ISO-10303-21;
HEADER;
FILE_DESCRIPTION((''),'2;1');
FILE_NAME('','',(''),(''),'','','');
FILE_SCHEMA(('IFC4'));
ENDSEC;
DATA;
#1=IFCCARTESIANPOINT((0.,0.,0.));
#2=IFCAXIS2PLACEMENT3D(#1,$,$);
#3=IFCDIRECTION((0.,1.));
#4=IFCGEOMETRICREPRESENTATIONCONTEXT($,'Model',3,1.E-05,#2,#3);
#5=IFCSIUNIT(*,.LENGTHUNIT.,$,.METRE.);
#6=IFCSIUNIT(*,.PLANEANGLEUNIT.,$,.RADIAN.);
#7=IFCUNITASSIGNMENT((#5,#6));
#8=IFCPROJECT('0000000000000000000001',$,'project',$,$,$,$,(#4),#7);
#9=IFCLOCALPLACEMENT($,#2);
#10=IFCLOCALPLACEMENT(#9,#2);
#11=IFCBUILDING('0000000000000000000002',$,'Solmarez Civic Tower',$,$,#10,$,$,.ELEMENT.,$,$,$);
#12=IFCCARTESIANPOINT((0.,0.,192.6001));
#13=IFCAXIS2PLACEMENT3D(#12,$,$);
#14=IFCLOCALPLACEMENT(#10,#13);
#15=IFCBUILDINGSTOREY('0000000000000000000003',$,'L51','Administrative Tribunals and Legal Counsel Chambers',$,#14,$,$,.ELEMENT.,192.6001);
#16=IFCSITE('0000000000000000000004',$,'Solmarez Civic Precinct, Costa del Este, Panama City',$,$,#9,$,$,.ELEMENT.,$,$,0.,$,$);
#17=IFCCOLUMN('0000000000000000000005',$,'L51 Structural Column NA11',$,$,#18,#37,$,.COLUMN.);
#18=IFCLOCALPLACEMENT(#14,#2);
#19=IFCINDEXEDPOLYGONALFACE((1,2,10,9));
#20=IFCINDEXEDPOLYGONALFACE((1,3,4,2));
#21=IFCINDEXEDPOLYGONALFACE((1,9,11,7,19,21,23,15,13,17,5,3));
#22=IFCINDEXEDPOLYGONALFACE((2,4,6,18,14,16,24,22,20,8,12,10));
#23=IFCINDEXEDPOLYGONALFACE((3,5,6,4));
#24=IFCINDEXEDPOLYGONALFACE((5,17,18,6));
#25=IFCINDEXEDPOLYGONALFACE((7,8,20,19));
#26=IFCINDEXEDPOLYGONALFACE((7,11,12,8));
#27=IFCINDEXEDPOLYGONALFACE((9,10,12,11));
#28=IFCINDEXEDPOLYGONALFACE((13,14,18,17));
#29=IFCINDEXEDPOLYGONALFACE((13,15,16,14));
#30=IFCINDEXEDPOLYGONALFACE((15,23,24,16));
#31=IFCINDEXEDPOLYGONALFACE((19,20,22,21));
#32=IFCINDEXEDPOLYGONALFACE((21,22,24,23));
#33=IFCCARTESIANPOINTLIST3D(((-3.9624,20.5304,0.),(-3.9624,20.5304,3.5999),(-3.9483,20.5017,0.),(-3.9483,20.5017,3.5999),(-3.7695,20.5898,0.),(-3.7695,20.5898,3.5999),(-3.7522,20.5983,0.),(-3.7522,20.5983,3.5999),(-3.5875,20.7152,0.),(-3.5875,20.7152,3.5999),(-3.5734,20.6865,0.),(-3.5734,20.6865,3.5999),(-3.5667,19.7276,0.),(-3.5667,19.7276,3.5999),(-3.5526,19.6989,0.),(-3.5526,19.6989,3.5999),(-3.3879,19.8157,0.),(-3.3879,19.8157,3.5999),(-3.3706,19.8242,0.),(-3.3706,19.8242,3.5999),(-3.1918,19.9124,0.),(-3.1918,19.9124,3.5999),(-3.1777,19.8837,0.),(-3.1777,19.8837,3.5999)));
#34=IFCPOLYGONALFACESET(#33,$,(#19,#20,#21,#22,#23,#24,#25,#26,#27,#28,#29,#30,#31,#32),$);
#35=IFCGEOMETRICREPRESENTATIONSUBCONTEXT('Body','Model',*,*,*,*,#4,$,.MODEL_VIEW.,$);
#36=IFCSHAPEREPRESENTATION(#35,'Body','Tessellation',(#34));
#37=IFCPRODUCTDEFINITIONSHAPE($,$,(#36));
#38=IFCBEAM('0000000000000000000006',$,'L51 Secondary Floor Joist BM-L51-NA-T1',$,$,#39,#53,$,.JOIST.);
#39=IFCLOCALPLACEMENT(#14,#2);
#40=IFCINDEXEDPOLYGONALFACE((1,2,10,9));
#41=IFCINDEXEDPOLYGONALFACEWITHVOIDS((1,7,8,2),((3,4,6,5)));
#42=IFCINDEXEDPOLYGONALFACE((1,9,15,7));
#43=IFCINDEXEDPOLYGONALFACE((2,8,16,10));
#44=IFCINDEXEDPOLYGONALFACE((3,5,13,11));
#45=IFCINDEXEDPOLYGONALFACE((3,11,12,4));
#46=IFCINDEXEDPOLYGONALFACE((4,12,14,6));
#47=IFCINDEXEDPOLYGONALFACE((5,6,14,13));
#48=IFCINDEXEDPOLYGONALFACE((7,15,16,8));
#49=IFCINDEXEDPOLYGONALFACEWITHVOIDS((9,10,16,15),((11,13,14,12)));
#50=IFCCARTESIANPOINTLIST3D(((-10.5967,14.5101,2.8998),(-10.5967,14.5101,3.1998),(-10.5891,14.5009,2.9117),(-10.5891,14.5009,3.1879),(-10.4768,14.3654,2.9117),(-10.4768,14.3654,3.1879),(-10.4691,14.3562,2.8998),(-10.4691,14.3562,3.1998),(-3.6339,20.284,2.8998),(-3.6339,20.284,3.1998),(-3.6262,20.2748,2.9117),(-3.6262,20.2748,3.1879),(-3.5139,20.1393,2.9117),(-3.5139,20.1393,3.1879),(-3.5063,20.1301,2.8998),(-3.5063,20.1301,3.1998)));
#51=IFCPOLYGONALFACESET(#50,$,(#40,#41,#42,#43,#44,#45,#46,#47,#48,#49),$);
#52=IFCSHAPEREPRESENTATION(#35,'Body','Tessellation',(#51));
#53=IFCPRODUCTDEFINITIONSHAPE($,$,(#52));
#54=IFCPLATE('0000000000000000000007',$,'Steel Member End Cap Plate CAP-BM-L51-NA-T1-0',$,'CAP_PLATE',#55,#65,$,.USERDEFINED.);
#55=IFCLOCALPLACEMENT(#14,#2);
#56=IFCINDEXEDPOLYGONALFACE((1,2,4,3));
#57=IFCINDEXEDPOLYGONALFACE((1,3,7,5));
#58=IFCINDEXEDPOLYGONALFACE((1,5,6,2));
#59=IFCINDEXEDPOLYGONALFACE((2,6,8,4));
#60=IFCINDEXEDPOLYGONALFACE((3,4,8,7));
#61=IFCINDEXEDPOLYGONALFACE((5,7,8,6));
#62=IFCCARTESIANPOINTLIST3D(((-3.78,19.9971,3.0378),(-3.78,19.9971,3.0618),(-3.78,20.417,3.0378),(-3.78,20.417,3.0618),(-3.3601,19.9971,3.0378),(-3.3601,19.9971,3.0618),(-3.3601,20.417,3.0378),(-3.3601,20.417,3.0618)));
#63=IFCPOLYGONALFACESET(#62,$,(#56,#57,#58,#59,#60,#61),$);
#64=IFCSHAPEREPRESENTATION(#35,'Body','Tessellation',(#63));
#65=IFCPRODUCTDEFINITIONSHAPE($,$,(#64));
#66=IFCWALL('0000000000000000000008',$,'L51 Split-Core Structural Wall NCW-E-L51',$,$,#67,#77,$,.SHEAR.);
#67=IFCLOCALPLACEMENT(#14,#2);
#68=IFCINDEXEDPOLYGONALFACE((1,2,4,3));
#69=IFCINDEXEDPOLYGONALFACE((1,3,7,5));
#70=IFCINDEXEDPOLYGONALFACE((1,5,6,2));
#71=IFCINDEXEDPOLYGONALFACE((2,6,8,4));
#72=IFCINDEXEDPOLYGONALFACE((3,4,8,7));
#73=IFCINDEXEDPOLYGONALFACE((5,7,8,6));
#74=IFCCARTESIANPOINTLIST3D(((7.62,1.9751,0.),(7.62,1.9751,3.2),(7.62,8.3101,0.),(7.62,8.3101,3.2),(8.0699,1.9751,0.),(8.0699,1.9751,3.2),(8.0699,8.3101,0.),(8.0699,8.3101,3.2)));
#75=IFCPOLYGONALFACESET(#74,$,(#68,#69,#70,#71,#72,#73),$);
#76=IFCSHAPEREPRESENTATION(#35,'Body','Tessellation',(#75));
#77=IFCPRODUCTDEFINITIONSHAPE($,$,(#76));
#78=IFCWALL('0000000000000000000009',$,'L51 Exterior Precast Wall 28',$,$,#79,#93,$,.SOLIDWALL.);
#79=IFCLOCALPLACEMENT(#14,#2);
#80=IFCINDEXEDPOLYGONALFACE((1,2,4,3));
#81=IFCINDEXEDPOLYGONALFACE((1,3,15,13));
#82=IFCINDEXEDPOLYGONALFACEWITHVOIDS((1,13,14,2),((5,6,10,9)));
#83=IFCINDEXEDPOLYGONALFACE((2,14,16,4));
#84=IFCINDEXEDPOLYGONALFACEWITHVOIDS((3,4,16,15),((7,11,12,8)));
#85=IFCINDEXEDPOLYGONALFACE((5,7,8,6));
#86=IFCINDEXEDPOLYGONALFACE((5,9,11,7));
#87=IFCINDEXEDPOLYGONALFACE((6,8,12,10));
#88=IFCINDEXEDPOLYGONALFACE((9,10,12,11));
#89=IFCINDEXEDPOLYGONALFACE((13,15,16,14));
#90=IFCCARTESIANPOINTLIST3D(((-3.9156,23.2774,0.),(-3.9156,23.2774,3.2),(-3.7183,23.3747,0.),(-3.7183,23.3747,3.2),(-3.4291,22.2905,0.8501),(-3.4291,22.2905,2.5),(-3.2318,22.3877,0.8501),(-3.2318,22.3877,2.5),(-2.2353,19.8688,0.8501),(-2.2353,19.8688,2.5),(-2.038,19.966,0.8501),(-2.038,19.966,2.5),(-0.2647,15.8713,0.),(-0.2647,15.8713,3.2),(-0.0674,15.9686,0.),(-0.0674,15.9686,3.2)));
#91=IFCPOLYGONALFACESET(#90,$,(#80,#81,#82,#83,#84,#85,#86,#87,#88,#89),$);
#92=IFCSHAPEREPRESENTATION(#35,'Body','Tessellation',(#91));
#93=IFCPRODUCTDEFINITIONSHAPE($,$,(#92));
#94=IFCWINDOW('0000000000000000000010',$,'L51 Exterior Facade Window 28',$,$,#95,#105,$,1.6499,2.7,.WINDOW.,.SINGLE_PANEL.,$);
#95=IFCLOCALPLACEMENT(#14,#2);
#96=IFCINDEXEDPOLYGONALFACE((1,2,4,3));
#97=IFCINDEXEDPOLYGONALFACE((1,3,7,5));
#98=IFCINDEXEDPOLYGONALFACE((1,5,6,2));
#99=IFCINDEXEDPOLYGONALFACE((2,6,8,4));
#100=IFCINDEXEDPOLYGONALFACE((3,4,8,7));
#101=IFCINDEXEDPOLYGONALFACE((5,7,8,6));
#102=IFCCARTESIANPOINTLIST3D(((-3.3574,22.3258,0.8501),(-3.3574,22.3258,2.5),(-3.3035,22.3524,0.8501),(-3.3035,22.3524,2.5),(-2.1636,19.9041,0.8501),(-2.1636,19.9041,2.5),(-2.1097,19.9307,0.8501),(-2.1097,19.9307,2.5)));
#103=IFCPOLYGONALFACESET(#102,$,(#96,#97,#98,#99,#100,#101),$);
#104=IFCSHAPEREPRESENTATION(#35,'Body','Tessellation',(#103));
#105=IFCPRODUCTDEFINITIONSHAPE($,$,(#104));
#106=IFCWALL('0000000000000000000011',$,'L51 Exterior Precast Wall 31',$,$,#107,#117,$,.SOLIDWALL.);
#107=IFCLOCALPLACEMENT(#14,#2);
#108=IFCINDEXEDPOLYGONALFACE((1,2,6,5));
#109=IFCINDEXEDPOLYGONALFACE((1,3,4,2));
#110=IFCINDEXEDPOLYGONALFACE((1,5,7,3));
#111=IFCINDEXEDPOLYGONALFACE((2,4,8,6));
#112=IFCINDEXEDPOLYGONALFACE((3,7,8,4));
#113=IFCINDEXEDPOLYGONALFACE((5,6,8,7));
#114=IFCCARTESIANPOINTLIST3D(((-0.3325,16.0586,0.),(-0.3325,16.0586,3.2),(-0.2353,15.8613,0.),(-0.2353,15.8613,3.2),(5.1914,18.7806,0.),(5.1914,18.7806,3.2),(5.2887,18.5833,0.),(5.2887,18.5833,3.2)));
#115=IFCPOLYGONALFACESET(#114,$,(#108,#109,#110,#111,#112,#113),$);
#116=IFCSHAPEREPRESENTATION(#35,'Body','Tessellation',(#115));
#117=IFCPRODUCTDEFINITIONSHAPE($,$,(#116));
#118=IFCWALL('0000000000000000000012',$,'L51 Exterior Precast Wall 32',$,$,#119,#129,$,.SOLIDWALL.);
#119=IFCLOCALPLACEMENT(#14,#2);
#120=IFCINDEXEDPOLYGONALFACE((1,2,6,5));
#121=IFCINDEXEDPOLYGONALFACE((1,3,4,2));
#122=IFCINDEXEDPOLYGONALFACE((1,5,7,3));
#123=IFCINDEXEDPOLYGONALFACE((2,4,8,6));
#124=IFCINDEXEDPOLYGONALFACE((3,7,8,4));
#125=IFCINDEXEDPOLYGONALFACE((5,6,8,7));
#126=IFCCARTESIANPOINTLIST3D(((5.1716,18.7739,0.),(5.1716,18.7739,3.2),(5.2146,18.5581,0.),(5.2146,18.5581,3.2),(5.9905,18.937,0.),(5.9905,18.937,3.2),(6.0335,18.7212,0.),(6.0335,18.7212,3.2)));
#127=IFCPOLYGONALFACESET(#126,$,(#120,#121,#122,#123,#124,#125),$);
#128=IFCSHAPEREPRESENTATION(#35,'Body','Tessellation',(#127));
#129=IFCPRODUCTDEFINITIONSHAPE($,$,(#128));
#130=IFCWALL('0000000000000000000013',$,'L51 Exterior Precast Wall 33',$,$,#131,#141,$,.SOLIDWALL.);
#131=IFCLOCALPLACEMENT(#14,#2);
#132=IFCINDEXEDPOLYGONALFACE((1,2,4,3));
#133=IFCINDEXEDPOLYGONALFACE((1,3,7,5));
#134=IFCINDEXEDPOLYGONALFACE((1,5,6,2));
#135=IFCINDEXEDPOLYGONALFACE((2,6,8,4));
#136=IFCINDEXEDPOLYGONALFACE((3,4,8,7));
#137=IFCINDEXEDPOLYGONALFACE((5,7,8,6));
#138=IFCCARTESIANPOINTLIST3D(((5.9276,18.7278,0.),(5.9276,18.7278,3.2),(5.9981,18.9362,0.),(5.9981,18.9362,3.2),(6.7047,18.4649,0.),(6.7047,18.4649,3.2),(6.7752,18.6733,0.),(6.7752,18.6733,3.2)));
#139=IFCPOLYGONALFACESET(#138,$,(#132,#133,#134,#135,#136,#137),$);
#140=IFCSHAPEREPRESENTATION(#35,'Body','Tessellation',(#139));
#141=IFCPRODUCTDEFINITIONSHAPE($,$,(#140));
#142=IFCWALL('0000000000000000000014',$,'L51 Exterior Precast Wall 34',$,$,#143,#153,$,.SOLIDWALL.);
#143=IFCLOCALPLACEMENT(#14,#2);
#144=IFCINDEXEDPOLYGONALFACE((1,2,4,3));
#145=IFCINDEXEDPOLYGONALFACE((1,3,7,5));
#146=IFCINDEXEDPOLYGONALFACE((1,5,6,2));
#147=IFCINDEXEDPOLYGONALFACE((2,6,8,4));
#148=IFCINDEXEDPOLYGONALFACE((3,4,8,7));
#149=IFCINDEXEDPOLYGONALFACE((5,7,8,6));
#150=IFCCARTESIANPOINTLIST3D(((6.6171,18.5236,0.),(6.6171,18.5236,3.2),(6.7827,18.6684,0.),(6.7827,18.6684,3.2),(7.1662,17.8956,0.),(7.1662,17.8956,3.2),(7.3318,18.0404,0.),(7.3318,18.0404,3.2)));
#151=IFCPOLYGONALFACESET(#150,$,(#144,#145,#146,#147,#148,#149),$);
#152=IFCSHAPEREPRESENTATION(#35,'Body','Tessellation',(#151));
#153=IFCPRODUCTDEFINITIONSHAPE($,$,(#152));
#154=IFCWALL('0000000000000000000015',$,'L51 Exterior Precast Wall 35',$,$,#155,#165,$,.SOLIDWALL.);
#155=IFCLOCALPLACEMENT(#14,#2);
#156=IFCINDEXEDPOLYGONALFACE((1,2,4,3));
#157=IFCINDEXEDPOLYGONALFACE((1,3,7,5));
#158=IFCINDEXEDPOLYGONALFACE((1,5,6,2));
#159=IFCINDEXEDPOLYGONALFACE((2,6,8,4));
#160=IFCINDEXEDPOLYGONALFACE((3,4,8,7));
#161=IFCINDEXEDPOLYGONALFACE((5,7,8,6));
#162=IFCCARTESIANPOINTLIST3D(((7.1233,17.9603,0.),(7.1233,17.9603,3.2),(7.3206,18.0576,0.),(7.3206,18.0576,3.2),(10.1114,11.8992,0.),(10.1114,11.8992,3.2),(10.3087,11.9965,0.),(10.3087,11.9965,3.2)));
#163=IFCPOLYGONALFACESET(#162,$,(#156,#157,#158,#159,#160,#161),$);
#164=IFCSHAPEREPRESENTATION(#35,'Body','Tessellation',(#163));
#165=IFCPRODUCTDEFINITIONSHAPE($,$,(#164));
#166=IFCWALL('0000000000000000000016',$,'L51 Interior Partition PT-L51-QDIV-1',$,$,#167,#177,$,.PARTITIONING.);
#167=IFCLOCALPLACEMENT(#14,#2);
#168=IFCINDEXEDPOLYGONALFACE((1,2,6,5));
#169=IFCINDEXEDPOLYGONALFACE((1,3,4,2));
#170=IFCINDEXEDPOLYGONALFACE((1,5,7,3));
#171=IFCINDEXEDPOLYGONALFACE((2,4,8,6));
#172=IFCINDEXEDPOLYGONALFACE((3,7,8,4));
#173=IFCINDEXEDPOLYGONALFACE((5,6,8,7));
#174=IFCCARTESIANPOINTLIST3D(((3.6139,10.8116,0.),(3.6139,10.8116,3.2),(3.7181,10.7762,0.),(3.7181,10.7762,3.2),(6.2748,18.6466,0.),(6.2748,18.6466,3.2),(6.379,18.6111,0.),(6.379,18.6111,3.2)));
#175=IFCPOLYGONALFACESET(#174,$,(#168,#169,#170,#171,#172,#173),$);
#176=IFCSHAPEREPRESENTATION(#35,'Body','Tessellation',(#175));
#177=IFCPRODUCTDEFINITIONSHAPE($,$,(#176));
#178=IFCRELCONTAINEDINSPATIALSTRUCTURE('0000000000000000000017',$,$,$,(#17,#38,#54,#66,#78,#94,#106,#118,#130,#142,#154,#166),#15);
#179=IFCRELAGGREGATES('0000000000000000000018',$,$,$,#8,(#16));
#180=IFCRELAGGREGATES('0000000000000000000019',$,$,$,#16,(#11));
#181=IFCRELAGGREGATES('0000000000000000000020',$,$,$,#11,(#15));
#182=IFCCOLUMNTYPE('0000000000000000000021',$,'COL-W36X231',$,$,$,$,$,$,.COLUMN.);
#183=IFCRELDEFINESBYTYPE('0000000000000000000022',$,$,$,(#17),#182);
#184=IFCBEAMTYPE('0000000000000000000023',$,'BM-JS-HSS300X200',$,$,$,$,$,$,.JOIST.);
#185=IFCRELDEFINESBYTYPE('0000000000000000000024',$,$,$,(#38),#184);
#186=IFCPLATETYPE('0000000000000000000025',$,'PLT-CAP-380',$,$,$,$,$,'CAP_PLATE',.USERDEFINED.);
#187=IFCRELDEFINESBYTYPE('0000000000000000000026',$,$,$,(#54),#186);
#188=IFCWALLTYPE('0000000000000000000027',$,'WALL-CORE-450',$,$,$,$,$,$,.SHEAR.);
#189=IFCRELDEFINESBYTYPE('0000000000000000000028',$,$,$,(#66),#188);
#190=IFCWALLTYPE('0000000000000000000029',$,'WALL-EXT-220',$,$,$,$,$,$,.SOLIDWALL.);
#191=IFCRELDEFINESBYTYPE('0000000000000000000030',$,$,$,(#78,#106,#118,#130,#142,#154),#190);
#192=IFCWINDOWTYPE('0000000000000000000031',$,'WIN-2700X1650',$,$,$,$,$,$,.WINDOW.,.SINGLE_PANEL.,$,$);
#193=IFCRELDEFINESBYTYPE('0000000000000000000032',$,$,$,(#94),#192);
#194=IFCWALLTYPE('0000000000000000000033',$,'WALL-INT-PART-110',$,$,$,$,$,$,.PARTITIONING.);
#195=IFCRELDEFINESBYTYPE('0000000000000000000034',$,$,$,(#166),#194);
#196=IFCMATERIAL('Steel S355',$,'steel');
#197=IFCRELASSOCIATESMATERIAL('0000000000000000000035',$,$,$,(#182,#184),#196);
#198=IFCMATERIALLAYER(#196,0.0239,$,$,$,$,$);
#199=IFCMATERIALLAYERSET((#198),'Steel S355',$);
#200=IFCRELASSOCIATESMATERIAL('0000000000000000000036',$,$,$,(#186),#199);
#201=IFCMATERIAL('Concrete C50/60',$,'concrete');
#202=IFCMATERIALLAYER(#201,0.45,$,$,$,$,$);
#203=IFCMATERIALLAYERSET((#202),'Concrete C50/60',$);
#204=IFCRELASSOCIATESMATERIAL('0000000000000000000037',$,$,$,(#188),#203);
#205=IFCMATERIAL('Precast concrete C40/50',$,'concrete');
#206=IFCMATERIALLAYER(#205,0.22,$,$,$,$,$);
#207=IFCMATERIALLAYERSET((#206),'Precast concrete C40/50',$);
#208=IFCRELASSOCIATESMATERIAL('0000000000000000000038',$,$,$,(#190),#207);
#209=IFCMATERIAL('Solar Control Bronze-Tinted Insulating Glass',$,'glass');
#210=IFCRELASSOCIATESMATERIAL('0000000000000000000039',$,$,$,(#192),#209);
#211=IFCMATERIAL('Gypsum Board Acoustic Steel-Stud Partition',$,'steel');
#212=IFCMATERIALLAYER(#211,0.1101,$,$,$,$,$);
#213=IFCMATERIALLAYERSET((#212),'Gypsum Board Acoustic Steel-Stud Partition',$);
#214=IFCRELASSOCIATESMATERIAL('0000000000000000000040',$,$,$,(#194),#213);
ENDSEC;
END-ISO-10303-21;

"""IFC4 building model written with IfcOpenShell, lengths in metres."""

from ifc_helpers import new_model, si_unit, direction, frame, frame_2d, origin, origin_2d, place, context, subcontext, project, spatial, rectangle, hollow_rectangle, i_section, extrude, material, layer, layer_set, material_profile, profile_set, type_object, element, fill, save


model = new_model("IFC4")

# Units and contexts
model_context = context("Model", 3, precision=1e-05, world=origin(), true_north=direction((0.0, 1.0)))
body_context = subcontext(model_context, "Body", "Model", "MODEL_VIEW")
ifc_project = project(units=[si_unit("LENGTHUNIT", "METRE"), si_unit("PLANEANGLEUNIT", "RADIAN")], contexts=[model_context])

# Site, building, storey
site_placement = place(None, origin())
site = spatial("IfcSite", under=ifc_project, at=site_placement, Name="Solmarez Civic Precinct, Costa del Este, Panama City", CompositionType="ELEMENT", RefElevation=0.0)
building_placement = place(site_placement, origin())
building = spatial("IfcBuilding", under=site, at=building_placement, Name="Solmarez Civic Tower", CompositionType="ELEMENT")
storey_placement = place(building_placement, frame((0.0, 0.0, 192.6001)))
storey = spatial("IfcBuildingStorey", under=building, at=storey_placement, Name="L51", Description="Administrative Tribunals and Legal Counsel Chambers", CompositionType="ELEMENT", Elevation=192.6001)

# Column
ifc_material_1 = material(Name="Steel S355", Category="steel")
ifc_material_profile_1 = material_profile(ifc_material_1, i_section(OverallWidth=0.418, OverallDepth=0.927, WebThickness=0.0193, FlangeThickness=0.032, at=origin_2d()), Name="W36X231")
ifc_profile_set_1 = profile_set([ifc_material_profile_1], Name="Steel S355")
column_type = type_object("IfcColumnType", Name="COL-W36X231", PredefinedType="COLUMN", material=ifc_profile_set_1)
column_placement = place(storey_placement, frame((-3.5701, 20.207, 0.0), z_axis=(0.0, 0.0, 1.0), x_axis=(0.89695, 0.442132, 0.0)))
element("IfcColumn", 1, at=column_placement, inside=storey, type_object=column_type, Name="L51 Structural Column NA11", PredefinedType="COLUMN", context=body_context, shape_type="SweptSolid", body=[
    extrude(i_section(OverallWidth=0.418, OverallDepth=0.927, WebThickness=0.0193, FlangeThickness=0.032, at=origin_2d()), origin(), (0.0, 0.0, 1.0), 3.5999),
])

# Beam
ifc_material_profile_2 = material_profile(ifc_material_1, hollow_rectangle(XDim=0.2, YDim=0.3, WallThickness=0.012, at=origin_2d()), Name="HSS300X200X12")
ifc_profile_set_2 = profile_set([ifc_material_profile_2], Name="Steel S355")
beam_type = type_object("IfcBeamType", Name="BM-JS-HSS300X200", PredefinedType="JOIST", material=ifc_profile_set_2)
beam_placement = place(storey_placement, frame((-3.5701, 20.207, 3.0498), z_axis=(-0.769768, -0.638324, 0.0), x_axis=(0.638324, -0.769768, 0.0)))
element("IfcBeam", 2, at=beam_placement, inside=storey, type_object=beam_type, Name="L51 Secondary Floor Joist BM-L51-NA-T1", PredefinedType="JOIST", context=body_context, shape_type="SweptSolid", body=[
    extrude(hollow_rectangle(XDim=0.2, YDim=0.3, WallThickness=0.012, at=origin_2d()), origin(), (0.0, 0.0, 1.0), 9.0454),
])

# Plate
ifc_layer_1 = layer(ifc_material_1, 0.0239)
ifc_layer_set_1 = layer_set([ifc_layer_1], Name="Steel S355")
plate_type = type_object("IfcPlateType", Name="PLT-CAP-380", ElementType="CAP_PLATE", PredefinedType="USERDEFINED", material=ifc_layer_set_1)
plate_placement = place(storey_placement, frame((-3.5701, 20.207, 3.0378), z_axis=(0.0, 0.0, 1.0), x_axis=(1.0, 0.0, 0.0)))
element("IfcPlate", 3, at=plate_placement, inside=storey, type_object=plate_type, Name="Steel Member End Cap Plate CAP-BM-L51-NA-T1-0", ObjectType="CAP_PLATE", PredefinedType="USERDEFINED", context=body_context, shape_type="SweptSolid", body=[
    extrude(rectangle(XDim=0.4199, YDim=0.4199, at=origin_2d()), origin(), (0.0, 0.0, 1.0), 0.0239),
])

# Wall
ifc_material_2 = material(Name="Concrete C50/60", Category="concrete")
ifc_layer_2 = layer(ifc_material_2, 0.45)
ifc_layer_set_2 = layer_set([ifc_layer_2], Name="Concrete C50/60")
wall_type_1 = type_object("IfcWallType", Name="WALL-CORE-450", PredefinedType="SHEAR", material=ifc_layer_set_2)
wall_1_placement = place(storey_placement, frame((7.845, 8.3101, 0.0), z_axis=(0.0, 0.0, 1.0), x_axis=(0.0, -1.0, 0.0)))
element("IfcWall", 4, at=wall_1_placement, inside=storey, type_object=wall_type_1, Name="L51 Split-Core Structural Wall NCW-E-L51", PredefinedType="SHEAR", context=body_context, shape_type="SweptSolid", body=[
    extrude(rectangle(XDim=6.335, YDim=0.45, at=frame_2d((3.1675, 0.0))), origin(), (0.0, 0.0, 1.0), 3.2),
])

# Wall, opening, window
ifc_material_3 = material(Name="Precast concrete C40/50", Category="concrete")
ifc_layer_3 = layer(ifc_material_3, 0.22)
ifc_layer_set_3 = layer_set([ifc_layer_3], Name="Precast concrete C40/50")
wall_type_2 = type_object("IfcWallType", Name="WALL-EXT-220", PredefinedType="SOLIDWALL", material=ifc_layer_set_3)
wall_2_placement = place(storey_placement, frame((-3.8169, 23.3259, 0.0), z_axis=(0.0, 0.0, 1.0), x_axis=(0.442156, -0.896938, 0.0)))
wall_2 = element("IfcWall", 5, at=wall_2_placement, inside=storey, type_object=wall_type_2, Name="L51 Exterior Precast Wall 28", PredefinedType="SOLIDWALL", context=body_context, shape_type="SweptSolid", body=[
    extrude(rectangle(XDim=8.2571, YDim=0.22, at=frame_2d((4.1284, 0.0))), origin(), (0.0, 0.0, 1.0), 3.2),
])
opening_1_placement = place(wall_2_placement, frame((1.1001, 0.0, 0.8501)))
opening_1 = element("IfcOpeningElement", 6, at=opening_1_placement, cuts=wall_2, PredefinedType="OPENING", context=body_context, shape_type="SweptSolid", body=[
    extrude(rectangle(XDim=2.7, YDim=1.6499, at=frame_2d((1.3501, 0.825))), frame((0.0, 0.1199, 0.0), z_axis=(0.0, -1.0, 0.0), x_axis=(1.0, 0.0, 0.0)), (0.0, 0.0, 1.0), 0.24),
])
ifc_material_4 = material(Name="Solar Control Bronze-Tinted Insulating Glass", Category="glass")
window_type = type_object("IfcWindowType", Name="WIN-2700X1650", PartitioningType="SINGLE_PANEL", PredefinedType="WINDOW", material=ifc_material_4)
window_placement = place(opening_1_placement, origin())
window = element("IfcWindow", 7, at=window_placement, inside=storey, type_object=window_type, Name="L51 Exterior Facade Window 28", OverallHeight=1.6499, OverallWidth=2.7, PartitioningType="SINGLE_PANEL", PredefinedType="WINDOW", context=body_context, shape_type="SweptSolid", body=[
    extrude(rectangle(XDim=2.7, YDim=1.6499, at=frame_2d((1.3501, 0.825))), frame((0.0, 0.03, 0.0), z_axis=(0.0, -1.0, 0.0), x_axis=(1.0, 0.0, 0.0)), (0.0, 0.0, 1.0), 0.0601),
])
fill(opening_1, window)

# Walls
wall_3_placement = place(storey_placement, frame((-0.2839, 15.96, 0.0), z_axis=(0.0, 0.0, 1.0), x_axis=(0.897013, 0.442005, 0.0)))
element("IfcWall", 8, at=wall_3_placement, inside=storey, type_object=wall_type_2, Name="L51 Exterior Precast Wall 31", PredefinedType="SOLIDWALL", context=body_context, shape_type="SweptSolid", body=[
    extrude(rectangle(XDim=6.1582, YDim=0.22, at=frame_2d((3.0791, 0.0))), origin(), (0.0, 0.0, 1.0), 3.2),
])
wall_4_placement = place(storey_placement, frame((5.1931, 18.666, 0.0), z_axis=(0.0, 0.0, 1.0), x_axis=(0.980738, 0.195329, 0.0)))
element("IfcWall", 9, at=wall_4_placement, inside=storey, type_object=wall_type_2, Name="L51 Exterior Precast Wall 32", PredefinedType="SOLIDWALL", context=body_context, shape_type="SweptSolid", body=[
    extrude(rectangle(XDim=0.835, YDim=0.22, at=frame_2d((0.4175, 0.0))), origin(), (0.0, 0.0, 1.0), 3.2),
])
wall_5_placement = place(storey_placement, frame((5.9629, 18.832, 0.0), z_axis=(0.0, 0.0, 1.0), x_axis=(0.947245, -0.32051, 0.0)))
element("IfcWall", 10, at=wall_5_placement, inside=storey, type_object=wall_type_2, Name="L51 Exterior Precast Wall 33", PredefinedType="SOLIDWALL", context=body_context, shape_type="SweptSolid", body=[
    extrude(rectangle(XDim=0.8203, YDim=0.22, at=frame_2d((0.4102, 0.0))), origin(), (0.0, 0.0, 1.0), 3.2),
])
wall_6_placement = place(storey_placement, frame((6.7, 18.5959, 0.0), z_axis=(0.0, 0.0, 1.0), x_axis=(0.658256, -0.752794, 0.0)))
element("IfcWall", 11, at=wall_6_placement, inside=storey, type_object=wall_type_2, Name="L51 Exterior Precast Wall 34", PredefinedType="SOLIDWALL", context=body_context, shape_type="SweptSolid", body=[
    extrude(rectangle(XDim=0.8342, YDim=0.22, at=frame_2d((0.417, 0.0))), origin(), (0.0, 0.0, 1.0), 3.2),
])
wall_7_placement = place(storey_placement, frame((7.2219, 18.009, 0.0), z_axis=(0.0, 0.0, 1.0), x_axis=(0.442177, -0.896928, 0.0)))
element("IfcWall", 12, at=wall_7_placement, inside=storey, type_object=wall_type_2, Name="L51 Exterior Precast Wall 35", PredefinedType="SOLIDWALL", context=body_context, shape_type="SweptSolid", body=[
    extrude(rectangle(XDim=6.7576, YDim=0.22, at=frame_2d((3.3789, 0.0))), origin(), (0.0, 0.0, 1.0), 3.2),
])
ifc_material_5 = material(Name="Gypsum Board Acoustic Steel-Stud Partition", Category="steel")
ifc_layer_4 = layer(ifc_material_5, 0.1101)
ifc_layer_set_4 = layer_set([ifc_layer_4], Name="Gypsum Board Acoustic Steel-Stud Partition")
wall_type_3 = type_object("IfcWallType", Name="WALL-INT-PART-110", PredefinedType="PARTITIONING", material=ifc_layer_set_4)
wall_8_placement = place(storey_placement, frame((3.666, 10.7939, 0.0), z_axis=(0.0, 0.0, 1.0), x_axis=(0.321578, 0.946883, 0.0)))
element("IfcWall", 13, at=wall_8_placement, inside=storey, type_object=wall_type_3, Name="L51 Interior Partition PT-L51-QDIV-1", PredefinedType="PARTITIONING", context=body_context, shape_type="SweptSolid", body=[
    extrude(rectangle(XDim=8.2744, YDim=0.1101, at=frame_2d((4.1372, 0.0))), origin(), (0.0, 0.0, 1.0), 3.2),
])

save(model, "model.ifc")
